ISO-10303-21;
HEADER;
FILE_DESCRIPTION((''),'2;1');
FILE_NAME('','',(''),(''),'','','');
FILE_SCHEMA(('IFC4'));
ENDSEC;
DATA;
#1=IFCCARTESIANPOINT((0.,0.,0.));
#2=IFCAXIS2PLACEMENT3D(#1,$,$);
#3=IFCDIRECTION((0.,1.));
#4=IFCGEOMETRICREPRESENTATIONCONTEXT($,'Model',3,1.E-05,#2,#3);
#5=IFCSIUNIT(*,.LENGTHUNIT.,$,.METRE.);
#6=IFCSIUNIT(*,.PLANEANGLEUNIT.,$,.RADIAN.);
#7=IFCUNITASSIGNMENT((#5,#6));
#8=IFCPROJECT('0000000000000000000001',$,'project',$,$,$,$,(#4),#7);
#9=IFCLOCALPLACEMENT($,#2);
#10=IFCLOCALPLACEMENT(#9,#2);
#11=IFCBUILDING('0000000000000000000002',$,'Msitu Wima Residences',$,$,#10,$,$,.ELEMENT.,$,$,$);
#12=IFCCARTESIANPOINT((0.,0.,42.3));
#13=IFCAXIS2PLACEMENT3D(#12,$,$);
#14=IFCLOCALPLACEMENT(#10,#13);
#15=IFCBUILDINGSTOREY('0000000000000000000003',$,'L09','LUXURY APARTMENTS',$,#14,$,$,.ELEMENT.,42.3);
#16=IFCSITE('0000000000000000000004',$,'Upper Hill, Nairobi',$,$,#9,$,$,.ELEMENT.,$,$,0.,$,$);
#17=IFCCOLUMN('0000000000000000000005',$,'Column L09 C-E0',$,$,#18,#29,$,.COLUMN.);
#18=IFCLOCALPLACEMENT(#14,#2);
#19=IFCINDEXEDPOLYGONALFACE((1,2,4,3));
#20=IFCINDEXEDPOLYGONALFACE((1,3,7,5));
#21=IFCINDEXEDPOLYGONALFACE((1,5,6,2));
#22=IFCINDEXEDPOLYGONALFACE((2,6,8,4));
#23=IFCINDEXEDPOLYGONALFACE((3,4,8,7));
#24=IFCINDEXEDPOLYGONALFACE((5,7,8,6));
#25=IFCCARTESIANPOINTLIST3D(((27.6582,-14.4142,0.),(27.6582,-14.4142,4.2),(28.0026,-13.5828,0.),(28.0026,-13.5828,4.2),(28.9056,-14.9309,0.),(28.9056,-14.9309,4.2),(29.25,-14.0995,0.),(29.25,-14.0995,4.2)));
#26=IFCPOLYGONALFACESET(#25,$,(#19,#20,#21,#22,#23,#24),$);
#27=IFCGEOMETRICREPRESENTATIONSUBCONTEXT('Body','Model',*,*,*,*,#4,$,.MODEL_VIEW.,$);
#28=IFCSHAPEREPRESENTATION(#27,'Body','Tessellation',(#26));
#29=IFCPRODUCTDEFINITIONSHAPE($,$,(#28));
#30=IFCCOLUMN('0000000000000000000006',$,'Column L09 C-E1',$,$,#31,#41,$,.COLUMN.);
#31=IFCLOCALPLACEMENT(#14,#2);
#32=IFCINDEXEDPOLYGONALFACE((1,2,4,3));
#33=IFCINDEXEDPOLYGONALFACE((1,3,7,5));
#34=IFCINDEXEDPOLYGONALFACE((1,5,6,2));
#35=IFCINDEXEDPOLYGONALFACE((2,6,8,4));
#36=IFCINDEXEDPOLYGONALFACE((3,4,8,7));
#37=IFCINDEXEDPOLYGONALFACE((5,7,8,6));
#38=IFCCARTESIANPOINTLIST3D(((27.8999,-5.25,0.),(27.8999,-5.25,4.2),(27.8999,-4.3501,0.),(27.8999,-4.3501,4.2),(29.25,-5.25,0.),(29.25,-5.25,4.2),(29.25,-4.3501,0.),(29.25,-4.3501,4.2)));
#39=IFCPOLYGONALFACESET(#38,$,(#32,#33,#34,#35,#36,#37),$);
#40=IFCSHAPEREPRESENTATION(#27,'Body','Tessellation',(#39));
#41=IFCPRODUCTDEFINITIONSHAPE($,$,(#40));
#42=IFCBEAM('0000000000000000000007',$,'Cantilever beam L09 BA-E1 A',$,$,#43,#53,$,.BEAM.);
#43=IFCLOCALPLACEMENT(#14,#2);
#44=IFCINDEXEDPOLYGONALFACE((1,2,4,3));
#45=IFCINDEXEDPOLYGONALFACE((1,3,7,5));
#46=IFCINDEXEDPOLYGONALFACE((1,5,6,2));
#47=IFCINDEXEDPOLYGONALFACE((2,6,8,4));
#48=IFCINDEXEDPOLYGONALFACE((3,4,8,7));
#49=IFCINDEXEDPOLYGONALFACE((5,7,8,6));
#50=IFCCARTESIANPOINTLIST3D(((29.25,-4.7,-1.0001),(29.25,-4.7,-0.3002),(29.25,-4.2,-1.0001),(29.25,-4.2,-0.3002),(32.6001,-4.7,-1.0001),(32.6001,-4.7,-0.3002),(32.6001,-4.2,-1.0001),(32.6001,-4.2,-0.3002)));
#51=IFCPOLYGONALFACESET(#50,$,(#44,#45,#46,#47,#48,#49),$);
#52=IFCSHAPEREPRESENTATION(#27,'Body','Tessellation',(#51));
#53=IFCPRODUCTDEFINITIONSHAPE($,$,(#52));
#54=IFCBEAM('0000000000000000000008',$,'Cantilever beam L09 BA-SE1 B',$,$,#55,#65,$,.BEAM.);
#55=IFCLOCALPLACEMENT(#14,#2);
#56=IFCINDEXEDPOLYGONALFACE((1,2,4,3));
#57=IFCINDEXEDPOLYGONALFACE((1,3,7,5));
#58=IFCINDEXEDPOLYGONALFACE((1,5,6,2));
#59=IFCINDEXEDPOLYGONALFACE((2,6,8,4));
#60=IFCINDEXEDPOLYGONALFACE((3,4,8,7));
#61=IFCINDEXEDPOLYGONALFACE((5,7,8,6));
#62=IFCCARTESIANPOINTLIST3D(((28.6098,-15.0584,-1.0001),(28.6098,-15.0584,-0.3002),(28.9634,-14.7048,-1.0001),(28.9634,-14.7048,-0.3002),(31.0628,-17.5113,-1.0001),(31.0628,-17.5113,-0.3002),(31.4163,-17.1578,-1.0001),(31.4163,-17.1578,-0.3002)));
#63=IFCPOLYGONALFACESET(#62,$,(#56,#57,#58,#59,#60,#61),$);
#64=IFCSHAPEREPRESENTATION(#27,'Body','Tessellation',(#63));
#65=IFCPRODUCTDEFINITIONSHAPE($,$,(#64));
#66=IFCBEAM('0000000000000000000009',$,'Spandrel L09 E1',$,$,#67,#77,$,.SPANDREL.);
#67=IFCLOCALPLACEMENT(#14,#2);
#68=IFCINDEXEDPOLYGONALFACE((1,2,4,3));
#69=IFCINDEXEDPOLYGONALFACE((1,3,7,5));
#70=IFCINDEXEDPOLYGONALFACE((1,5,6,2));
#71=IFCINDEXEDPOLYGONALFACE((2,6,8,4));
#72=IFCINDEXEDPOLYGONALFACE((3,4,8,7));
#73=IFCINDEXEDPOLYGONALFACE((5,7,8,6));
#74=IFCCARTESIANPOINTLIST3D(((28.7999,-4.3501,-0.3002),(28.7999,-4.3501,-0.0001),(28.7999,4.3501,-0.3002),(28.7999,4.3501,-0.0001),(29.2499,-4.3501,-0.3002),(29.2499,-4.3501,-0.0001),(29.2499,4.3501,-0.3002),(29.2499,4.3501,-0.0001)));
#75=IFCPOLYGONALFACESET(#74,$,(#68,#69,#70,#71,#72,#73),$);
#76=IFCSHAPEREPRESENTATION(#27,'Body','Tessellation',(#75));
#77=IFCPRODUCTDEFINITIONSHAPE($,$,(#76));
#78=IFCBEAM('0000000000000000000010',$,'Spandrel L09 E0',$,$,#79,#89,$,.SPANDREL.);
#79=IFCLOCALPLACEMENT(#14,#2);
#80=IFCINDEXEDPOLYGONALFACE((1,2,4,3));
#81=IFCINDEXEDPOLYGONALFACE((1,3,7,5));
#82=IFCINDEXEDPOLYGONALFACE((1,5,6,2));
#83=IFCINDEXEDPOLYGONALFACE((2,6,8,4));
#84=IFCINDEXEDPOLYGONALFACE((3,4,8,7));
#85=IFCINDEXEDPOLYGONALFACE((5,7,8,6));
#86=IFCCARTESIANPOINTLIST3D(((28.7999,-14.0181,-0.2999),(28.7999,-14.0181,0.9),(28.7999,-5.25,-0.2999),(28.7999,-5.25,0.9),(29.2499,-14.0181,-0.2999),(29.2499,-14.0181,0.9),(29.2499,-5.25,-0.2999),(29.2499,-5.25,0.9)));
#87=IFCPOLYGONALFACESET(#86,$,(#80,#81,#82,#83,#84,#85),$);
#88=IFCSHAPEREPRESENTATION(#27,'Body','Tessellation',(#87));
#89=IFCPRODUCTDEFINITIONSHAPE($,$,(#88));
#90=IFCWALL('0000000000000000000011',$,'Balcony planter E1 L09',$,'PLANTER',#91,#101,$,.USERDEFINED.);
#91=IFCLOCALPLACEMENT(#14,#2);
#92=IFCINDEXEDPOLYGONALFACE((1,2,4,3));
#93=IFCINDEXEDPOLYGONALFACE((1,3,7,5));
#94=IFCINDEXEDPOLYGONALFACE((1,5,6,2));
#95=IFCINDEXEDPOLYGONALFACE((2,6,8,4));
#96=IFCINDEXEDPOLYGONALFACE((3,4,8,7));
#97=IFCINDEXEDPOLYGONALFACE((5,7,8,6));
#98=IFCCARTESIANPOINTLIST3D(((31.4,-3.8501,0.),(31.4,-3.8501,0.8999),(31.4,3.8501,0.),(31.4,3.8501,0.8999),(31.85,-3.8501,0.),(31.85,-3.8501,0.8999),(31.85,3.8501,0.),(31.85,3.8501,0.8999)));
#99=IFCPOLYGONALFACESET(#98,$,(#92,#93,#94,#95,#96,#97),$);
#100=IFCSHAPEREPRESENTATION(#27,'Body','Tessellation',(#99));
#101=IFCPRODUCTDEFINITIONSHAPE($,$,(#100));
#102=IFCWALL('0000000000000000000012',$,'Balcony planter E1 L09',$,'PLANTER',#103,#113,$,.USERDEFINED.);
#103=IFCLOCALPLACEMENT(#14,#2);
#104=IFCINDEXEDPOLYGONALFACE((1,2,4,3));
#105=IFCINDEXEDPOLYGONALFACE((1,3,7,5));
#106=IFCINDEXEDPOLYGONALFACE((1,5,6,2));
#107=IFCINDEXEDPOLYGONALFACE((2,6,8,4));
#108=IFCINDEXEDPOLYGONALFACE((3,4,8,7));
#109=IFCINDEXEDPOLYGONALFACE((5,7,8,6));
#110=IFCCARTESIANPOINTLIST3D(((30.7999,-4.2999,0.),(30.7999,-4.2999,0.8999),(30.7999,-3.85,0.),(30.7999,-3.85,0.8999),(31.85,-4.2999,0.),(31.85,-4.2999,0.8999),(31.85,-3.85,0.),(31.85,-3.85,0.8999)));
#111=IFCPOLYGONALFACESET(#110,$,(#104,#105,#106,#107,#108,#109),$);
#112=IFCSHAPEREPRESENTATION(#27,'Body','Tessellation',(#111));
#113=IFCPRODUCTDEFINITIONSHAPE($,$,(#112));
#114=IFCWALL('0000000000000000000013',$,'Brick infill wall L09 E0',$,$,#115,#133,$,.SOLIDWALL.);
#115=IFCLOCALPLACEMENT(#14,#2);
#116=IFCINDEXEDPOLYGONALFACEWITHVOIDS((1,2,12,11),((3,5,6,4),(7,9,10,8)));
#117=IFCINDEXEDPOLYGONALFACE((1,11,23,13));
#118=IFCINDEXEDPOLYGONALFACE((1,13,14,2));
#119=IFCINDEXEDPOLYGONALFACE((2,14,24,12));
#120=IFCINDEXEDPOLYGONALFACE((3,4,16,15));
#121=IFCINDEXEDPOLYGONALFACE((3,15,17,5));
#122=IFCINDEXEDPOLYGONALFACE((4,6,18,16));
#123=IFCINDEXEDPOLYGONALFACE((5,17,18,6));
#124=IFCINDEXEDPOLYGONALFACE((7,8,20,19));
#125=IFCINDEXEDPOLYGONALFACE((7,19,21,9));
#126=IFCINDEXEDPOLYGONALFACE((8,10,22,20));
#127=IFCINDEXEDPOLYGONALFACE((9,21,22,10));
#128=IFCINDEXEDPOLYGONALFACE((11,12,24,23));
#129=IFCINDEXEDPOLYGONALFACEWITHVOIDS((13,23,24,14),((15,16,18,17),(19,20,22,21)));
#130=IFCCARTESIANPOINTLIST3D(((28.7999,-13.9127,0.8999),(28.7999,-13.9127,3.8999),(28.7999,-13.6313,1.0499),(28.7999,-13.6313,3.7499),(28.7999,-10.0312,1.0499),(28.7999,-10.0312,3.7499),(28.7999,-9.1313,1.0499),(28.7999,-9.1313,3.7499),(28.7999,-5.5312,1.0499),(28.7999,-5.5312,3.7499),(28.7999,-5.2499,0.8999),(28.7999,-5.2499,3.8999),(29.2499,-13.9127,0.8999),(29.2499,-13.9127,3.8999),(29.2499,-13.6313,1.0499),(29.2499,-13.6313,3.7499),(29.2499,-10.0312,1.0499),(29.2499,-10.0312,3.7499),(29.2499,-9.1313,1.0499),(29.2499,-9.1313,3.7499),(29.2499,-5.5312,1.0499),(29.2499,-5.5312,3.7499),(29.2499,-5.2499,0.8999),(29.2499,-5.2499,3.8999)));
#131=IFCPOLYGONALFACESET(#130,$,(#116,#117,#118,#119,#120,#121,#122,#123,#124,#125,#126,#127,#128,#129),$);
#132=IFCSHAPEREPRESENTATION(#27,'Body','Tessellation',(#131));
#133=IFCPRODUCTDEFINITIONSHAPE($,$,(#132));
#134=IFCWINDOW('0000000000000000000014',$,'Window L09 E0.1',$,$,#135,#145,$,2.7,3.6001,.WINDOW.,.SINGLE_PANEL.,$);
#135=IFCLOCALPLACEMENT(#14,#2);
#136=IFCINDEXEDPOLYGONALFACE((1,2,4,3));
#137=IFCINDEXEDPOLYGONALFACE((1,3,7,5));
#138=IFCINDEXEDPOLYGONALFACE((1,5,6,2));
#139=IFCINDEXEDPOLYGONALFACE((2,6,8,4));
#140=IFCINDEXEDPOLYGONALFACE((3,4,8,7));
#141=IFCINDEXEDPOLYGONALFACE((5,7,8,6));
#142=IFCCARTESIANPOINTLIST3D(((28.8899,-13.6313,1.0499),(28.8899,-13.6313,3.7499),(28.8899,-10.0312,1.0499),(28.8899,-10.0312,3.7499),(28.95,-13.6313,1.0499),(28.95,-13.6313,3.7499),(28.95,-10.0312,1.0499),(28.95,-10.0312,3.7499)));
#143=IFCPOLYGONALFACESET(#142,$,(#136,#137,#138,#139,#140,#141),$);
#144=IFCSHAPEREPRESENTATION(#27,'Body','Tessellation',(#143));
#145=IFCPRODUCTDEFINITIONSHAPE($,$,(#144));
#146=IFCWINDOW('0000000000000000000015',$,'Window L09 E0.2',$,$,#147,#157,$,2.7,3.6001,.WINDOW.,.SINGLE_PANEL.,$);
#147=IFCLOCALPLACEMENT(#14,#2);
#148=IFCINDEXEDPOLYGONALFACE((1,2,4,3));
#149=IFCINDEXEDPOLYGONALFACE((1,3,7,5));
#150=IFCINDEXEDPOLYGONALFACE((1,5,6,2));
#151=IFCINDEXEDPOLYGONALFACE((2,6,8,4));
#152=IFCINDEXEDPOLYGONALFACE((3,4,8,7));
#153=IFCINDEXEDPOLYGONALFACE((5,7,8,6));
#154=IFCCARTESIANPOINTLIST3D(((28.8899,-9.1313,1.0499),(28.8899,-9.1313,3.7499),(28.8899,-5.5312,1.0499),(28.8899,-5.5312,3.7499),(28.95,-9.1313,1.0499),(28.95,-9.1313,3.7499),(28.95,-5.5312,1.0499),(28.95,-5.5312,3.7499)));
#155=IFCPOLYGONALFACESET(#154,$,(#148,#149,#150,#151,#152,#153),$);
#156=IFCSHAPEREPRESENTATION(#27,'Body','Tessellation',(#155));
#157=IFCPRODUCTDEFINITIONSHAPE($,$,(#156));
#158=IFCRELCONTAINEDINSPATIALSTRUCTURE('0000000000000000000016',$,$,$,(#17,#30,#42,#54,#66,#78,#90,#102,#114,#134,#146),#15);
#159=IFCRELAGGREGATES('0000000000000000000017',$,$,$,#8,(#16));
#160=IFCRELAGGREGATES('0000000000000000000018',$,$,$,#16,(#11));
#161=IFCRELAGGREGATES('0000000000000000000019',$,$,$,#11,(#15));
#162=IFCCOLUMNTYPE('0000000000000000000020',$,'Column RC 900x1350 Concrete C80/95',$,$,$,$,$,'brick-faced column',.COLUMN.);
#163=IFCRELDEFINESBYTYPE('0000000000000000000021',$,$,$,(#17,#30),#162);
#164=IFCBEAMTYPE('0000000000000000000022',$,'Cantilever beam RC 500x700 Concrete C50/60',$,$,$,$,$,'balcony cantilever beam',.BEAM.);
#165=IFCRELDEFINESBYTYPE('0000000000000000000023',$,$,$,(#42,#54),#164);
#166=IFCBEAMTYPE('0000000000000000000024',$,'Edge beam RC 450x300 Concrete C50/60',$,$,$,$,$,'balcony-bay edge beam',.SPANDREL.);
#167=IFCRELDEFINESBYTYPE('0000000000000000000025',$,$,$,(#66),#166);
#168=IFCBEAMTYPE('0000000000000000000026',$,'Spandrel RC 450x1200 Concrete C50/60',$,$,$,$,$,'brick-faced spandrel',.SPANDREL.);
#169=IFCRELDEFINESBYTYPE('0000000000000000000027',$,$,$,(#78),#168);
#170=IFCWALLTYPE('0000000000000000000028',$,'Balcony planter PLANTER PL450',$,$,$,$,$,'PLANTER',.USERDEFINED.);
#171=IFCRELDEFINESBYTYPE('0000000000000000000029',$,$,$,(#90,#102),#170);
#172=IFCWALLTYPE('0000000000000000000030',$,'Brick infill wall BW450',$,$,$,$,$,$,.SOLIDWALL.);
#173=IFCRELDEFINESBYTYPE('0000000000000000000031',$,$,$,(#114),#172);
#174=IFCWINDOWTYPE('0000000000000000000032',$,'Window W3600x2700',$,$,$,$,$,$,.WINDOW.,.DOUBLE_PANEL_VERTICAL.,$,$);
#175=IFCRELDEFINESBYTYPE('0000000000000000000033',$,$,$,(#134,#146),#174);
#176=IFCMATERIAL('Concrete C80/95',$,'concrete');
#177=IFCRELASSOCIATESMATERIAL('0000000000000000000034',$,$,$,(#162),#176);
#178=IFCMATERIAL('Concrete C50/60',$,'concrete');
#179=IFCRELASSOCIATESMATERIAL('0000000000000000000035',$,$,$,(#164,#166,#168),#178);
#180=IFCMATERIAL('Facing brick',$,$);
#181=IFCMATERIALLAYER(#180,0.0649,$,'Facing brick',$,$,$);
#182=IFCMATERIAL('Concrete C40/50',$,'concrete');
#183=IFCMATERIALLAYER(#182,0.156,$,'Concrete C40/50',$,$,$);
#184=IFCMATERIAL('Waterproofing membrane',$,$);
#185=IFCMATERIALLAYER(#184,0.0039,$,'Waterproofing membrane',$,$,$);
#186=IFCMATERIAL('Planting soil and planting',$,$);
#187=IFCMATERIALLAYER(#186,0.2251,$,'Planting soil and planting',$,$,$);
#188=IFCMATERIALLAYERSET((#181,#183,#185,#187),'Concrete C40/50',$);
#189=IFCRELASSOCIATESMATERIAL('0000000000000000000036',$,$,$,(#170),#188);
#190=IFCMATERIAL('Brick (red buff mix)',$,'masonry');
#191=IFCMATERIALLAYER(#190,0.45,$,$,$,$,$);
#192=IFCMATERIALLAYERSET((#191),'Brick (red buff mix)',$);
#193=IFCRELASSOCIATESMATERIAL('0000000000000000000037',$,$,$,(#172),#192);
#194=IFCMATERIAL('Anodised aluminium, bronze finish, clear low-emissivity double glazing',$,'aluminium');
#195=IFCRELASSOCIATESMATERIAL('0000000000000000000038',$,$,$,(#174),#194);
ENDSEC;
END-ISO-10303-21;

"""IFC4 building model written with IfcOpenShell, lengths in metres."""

from ifc_helpers import new_model, si_unit, direction, frame, frame_2d, origin, origin_2d, place, context, subcontext, project, spatial, rectangle, extrude, material, layer, layer_set, material_profile, profile_set, type_object, element, fill, save


model = new_model("IFC4")

# Units and contexts
model_context = context("Model", 3, precision=1e-05, world=origin(), true_north=direction((0.0, 1.0)))
body_context = subcontext(model_context, "Body", "Model", "MODEL_VIEW")
ifc_project = project(units=[si_unit("LENGTHUNIT", "METRE"), si_unit("PLANEANGLEUNIT", "RADIAN")], contexts=[model_context])

# Site, building, storey
site_placement = place(None, origin())
site = spatial("IfcSite", under=ifc_project, at=site_placement, Name="Upper Hill, Nairobi", CompositionType="ELEMENT", RefElevation=0.0)
building_placement = place(site_placement, origin())
building = spatial("IfcBuilding", under=site, at=building_placement, Name="Msitu Wima Residences", CompositionType="ELEMENT")
storey_placement = place(building_placement, frame((0.0, 0.0, 42.3)))
storey = spatial("IfcBuildingStorey", under=building, at=storey_placement, Name="L09", Description="LUXURY APARTMENTS", CompositionType="ELEMENT", Elevation=42.3)

# Columns
ifc_material_1 = material(Name="Concrete C80/95", Category="concrete")
ifc_material_profile_1 = material_profile(ifc_material_1, rectangle(XDim=0.8999, YDim=1.3501, at=origin_2d()), Name="RC 900x1350")
ifc_profile_set_1 = profile_set([ifc_material_profile_1], Name="Concrete C80/95")
column_type = type_object("IfcColumnType", Name="Column RC 900x1350 Concrete C80/95", ElementType="brick-faced column", PredefinedType="COLUMN", material=ifc_profile_set_1)
for number, where, z_axis, x_axis, name in (
    (1, (28.4541, -14.2568, 0.0), (0.0, 0.0, 1.0), (0.382683, 0.92388, 0.0), "Column L09 C-E0"),
    (2, (28.575, -4.8, 0.0), (0.0, 0.0, 1.0), (0.0, 1.0, 0.0), "Column L09 C-E1"),
):
    element("IfcColumn", number, at=place(storey_placement, frame(where, z_axis=z_axis, x_axis=x_axis)), inside=storey, type_object=column_type, Name=name, PredefinedType="COLUMN", context=body_context, shape_type="SweptSolid", body=[
        extrude(rectangle(XDim=0.8999, YDim=1.3501, at=origin_2d()), origin(), (0.0, 0.0, 1.0), 4.2),
    ])

# Beams
ifc_material_2 = material(Name="Concrete C50/60", Category="concrete")
ifc_material_profile_2 = material_profile(ifc_material_2, rectangle(XDim=0.5, YDim=0.7, at=origin_2d()), Name="RC 500x700")
ifc_profile_set_2 = profile_set([ifc_material_profile_2], Name="Concrete C50/60")
beam_type_1 = type_object("IfcBeamType", Name="Cantilever beam RC 500x700 Concrete C50/60", ElementType="balcony cantilever beam", PredefinedType="BEAM", material=ifc_profile_set_2)
beam_1_placement = place(storey_placement, frame((29.25, -4.45, -0.6501), z_axis=(1.0, 0.0, 0.0), x_axis=(0.0, 1.0, 0.0)))
element("IfcBeam", 3, at=beam_1_placement, inside=storey, type_object=beam_type_1, Name="Cantilever beam L09 BA-E1 A", PredefinedType="BEAM", context=body_context, shape_type="SweptSolid", body=[
    extrude(rectangle(XDim=0.5, YDim=0.7, at=origin_2d()), origin(), (0.0, 0.0, 1.0), 3.3501),
])
beam_2_placement = place(storey_placement, frame((28.7866, -14.8816, -0.6501), z_axis=(0.707107, -0.707107, 0.0), x_axis=(0.707107, 0.707107, 0.0)))
element("IfcBeam", 4, at=beam_2_placement, inside=storey, type_object=beam_type_1, Name="Cantilever beam L09 BA-SE1 B", PredefinedType="BEAM", context=body_context, shape_type="SweptSolid", body=[
    extrude(rectangle(XDim=0.5, YDim=0.7, at=origin_2d()), origin(), (0.0, 0.0, 1.0), 3.469),
])
ifc_material_profile_3 = material_profile(ifc_material_2, rectangle(XDim=0.45, YDim=0.3, at=origin_2d()), Name="RC 450x300")
ifc_profile_set_3 = profile_set([ifc_material_profile_3], Name="Concrete C50/60")
beam_type_2 = type_object("IfcBeamType", Name="Edge beam RC 450x300 Concrete C50/60", ElementType="balcony-bay edge beam", PredefinedType="SPANDREL", material=ifc_profile_set_3)
beam_3_placement = place(storey_placement, frame((29.0249, -4.3501, -0.1501), z_axis=(0.0, 1.0, 0.0), x_axis=(-1.0, 0.0, 0.0)))
element("IfcBeam", 5, at=beam_3_placement, inside=storey, type_object=beam_type_2, Name="Spandrel L09 E1", PredefinedType="SPANDREL", context=body_context, shape_type="SweptSolid", body=[
    extrude(rectangle(XDim=0.45, YDim=0.3, at=origin_2d()), origin(), (0.0, 0.0, 1.0), 8.7002),
])
ifc_material_profile_4 = material_profile(ifc_material_2, rectangle(XDim=0.45, YDim=1.2, at=origin_2d()), Name="RC 450x1200")
ifc_profile_set_4 = profile_set([ifc_material_profile_4], Name="Concrete C50/60")
beam_type_3 = type_object("IfcBeamType", Name="Spandrel RC 450x1200 Concrete C50/60", ElementType="brick-faced spandrel", PredefinedType="SPANDREL", material=ifc_profile_set_4)
beam_4_placement = place(storey_placement, frame((29.0249, -14.0181, 0.3), z_axis=(0.0, 1.0, 0.0), x_axis=(-1.0, 0.0, 0.0)))
element("IfcBeam", 6, at=beam_4_placement, inside=storey, type_object=beam_type_3, Name="Spandrel L09 E0", PredefinedType="SPANDREL", context=body_context, shape_type="SweptSolid", body=[
    extrude(rectangle(XDim=0.45, YDim=1.2, at=origin_2d()), origin(), (0.0, 0.0, 1.0), 8.7681),
])

# Walls
ifc_material_3 = material(Name="Facing brick")
ifc_layer_1 = layer(ifc_material_3, 0.0649, Name="Facing brick")
ifc_material_4 = material(Name="Concrete C40/50", Category="concrete")
ifc_layer_2 = layer(ifc_material_4, 0.156, Name="Concrete C40/50")
ifc_material_5 = material(Name="Waterproofing membrane")
ifc_layer_3 = layer(ifc_material_5, 0.0039, Name="Waterproofing membrane")
ifc_material_6 = material(Name="Planting soil and planting")
ifc_layer_4 = layer(ifc_material_6, 0.2251, Name="Planting soil and planting")
ifc_layer_set_1 = layer_set([ifc_layer_1, ifc_layer_2, ifc_layer_3, ifc_layer_4], Name="Concrete C40/50")
wall_type_1 = type_object("IfcWallType", Name="Balcony planter PLANTER PL450", ElementType="PLANTER", PredefinedType="USERDEFINED", material=ifc_layer_set_1)
wall_1_placement = place(storey_placement, frame((31.625, -3.8501, 0.0), z_axis=(0.0, 0.0, 1.0), x_axis=(0.0, 1.0, 0.0)))
element("IfcWall", 7, at=wall_1_placement, inside=storey, type_object=wall_type_1, Name="Balcony planter E1 L09", ObjectType="PLANTER", PredefinedType="USERDEFINED", context=body_context, shape_type="SweptSolid", body=[
    extrude(rectangle(XDim=7.7002, YDim=0.45, at=frame_2d((3.8501, 0.0))), origin(), (0.0, 0.0, 1.0), 0.8999),
])
wall_2_placement = place(storey_placement, frame((30.8, -4.075, 0.0), z_axis=(0.0, 0.0, 1.0), x_axis=(1.0, 0.0, 0.0)))
element("IfcWall", 8, at=wall_2_placement, inside=storey, type_object=wall_type_1, Name="Balcony planter E1 L09", ObjectType="PLANTER", PredefinedType="USERDEFINED", context=body_context, shape_type="SweptSolid", body=[
    extrude(rectangle(XDim=1.05, YDim=0.45, at=frame_2d((0.5249, 0.0))), origin(), (0.0, 0.0, 1.0), 0.8999),
])

# Wall, openings, windows
ifc_material_7 = material(Name="Brick (red buff mix)", Category="masonry")
ifc_layer_5 = layer(ifc_material_7, 0.45)
ifc_layer_set_2 = layer_set([ifc_layer_5], Name="Brick (red buff mix)")
wall_type_2 = type_object("IfcWallType", Name="Brick infill wall BW450", PredefinedType="SOLIDWALL", material=ifc_layer_set_2)
wall_3_placement = place(storey_placement, frame((29.0249, -13.9128, 0.8999), z_axis=(0.0, 0.0, 1.0), x_axis=(0.0, 1.0, 0.0)))
wall_3 = element("IfcWall", 9, at=wall_3_placement, inside=storey, type_object=wall_type_2, Name="Brick infill wall L09 E0", PredefinedType="SOLIDWALL", context=body_context, shape_type="SweptSolid", body=[
    extrude(rectangle(XDim=8.6628, YDim=0.45, at=frame_2d((4.3315, 0.0))), origin(), (0.0, 0.0, 1.0), 3.0),
])
opening_1_placement = place(wall_3_placement, frame((0.2815, 0.0, 0.1499)))
opening_1 = element("IfcOpeningElement", 10, at=opening_1_placement, cuts=wall_3, PredefinedType="OPENING", context=body_context, shape_type="SweptSolid", body=[
    extrude(rectangle(XDim=3.6001, YDim=2.7, at=frame_2d((1.8, 1.3501))), frame((0.0, 0.2349, 0.0), z_axis=(0.0, -1.0, 0.0), x_axis=(1.0, 0.0, 0.0)), (0.0, 0.0, 1.0), 0.47),
])
opening_2_placement = place(wall_3_placement, frame((4.7815, 0.0, 0.1499)))
opening_2 = element("IfcOpeningElement", 11, at=opening_2_placement, cuts=wall_3, PredefinedType="OPENING", context=body_context, shape_type="SweptSolid", body=[
    extrude(rectangle(XDim=3.6001, YDim=2.7, at=frame_2d((1.8, 1.3501))), frame((0.0, 0.2349, 0.0), z_axis=(0.0, -1.0, 0.0), x_axis=(1.0, 0.0, 0.0)), (0.0, 0.0, 1.0), 0.47),
])
ifc_material_8 = material(Name="Anodised aluminium, bronze finish, clear low-emissivity double glazing", Category="aluminium")
window_type = type_object("IfcWindowType", Name="Window W3600x2700", PartitioningType="DOUBLE_PANEL_VERTICAL", PredefinedType="WINDOW", material=ifc_material_8)
window_1_placement = place(opening_1_placement, origin())
window_1 = element("IfcWindow", 12, at=window_1_placement, inside=storey, type_object=window_type, Name="Window L09 E0.1", OverallHeight=2.7, OverallWidth=3.6001, PartitioningType="SINGLE_PANEL", PredefinedType="WINDOW", context=body_context, shape_type="SweptSolid", body=[
    extrude(rectangle(XDim=3.6001, YDim=2.7, at=frame_2d((1.8, 1.3501))), frame((0.0, 0.135, 0.0), z_axis=(0.0, -1.0, 0.0), x_axis=(1.0, 0.0, 0.0)), (0.0, 0.0, 1.0), 0.0601),
])
fill(opening_1, window_1)
window_2_placement = place(opening_2_placement, origin())
window_2 = element("IfcWindow", 13, at=window_2_placement, inside=storey, type_object=window_type, Name="Window L09 E0.2", OverallHeight=2.7, OverallWidth=3.6001, PartitioningType="SINGLE_PANEL", PredefinedType="WINDOW", context=body_context, shape_type="SweptSolid", body=[
    extrude(rectangle(XDim=3.6001, YDim=2.7, at=frame_2d((1.8, 1.3501))), frame((0.0, 0.135, 0.0), z_axis=(0.0, -1.0, 0.0), x_axis=(1.0, 0.0, 0.0)), (0.0, 0.0, 1.0), 0.0601),
])
fill(opening_2, window_2)

save(model, "model.ifc")
